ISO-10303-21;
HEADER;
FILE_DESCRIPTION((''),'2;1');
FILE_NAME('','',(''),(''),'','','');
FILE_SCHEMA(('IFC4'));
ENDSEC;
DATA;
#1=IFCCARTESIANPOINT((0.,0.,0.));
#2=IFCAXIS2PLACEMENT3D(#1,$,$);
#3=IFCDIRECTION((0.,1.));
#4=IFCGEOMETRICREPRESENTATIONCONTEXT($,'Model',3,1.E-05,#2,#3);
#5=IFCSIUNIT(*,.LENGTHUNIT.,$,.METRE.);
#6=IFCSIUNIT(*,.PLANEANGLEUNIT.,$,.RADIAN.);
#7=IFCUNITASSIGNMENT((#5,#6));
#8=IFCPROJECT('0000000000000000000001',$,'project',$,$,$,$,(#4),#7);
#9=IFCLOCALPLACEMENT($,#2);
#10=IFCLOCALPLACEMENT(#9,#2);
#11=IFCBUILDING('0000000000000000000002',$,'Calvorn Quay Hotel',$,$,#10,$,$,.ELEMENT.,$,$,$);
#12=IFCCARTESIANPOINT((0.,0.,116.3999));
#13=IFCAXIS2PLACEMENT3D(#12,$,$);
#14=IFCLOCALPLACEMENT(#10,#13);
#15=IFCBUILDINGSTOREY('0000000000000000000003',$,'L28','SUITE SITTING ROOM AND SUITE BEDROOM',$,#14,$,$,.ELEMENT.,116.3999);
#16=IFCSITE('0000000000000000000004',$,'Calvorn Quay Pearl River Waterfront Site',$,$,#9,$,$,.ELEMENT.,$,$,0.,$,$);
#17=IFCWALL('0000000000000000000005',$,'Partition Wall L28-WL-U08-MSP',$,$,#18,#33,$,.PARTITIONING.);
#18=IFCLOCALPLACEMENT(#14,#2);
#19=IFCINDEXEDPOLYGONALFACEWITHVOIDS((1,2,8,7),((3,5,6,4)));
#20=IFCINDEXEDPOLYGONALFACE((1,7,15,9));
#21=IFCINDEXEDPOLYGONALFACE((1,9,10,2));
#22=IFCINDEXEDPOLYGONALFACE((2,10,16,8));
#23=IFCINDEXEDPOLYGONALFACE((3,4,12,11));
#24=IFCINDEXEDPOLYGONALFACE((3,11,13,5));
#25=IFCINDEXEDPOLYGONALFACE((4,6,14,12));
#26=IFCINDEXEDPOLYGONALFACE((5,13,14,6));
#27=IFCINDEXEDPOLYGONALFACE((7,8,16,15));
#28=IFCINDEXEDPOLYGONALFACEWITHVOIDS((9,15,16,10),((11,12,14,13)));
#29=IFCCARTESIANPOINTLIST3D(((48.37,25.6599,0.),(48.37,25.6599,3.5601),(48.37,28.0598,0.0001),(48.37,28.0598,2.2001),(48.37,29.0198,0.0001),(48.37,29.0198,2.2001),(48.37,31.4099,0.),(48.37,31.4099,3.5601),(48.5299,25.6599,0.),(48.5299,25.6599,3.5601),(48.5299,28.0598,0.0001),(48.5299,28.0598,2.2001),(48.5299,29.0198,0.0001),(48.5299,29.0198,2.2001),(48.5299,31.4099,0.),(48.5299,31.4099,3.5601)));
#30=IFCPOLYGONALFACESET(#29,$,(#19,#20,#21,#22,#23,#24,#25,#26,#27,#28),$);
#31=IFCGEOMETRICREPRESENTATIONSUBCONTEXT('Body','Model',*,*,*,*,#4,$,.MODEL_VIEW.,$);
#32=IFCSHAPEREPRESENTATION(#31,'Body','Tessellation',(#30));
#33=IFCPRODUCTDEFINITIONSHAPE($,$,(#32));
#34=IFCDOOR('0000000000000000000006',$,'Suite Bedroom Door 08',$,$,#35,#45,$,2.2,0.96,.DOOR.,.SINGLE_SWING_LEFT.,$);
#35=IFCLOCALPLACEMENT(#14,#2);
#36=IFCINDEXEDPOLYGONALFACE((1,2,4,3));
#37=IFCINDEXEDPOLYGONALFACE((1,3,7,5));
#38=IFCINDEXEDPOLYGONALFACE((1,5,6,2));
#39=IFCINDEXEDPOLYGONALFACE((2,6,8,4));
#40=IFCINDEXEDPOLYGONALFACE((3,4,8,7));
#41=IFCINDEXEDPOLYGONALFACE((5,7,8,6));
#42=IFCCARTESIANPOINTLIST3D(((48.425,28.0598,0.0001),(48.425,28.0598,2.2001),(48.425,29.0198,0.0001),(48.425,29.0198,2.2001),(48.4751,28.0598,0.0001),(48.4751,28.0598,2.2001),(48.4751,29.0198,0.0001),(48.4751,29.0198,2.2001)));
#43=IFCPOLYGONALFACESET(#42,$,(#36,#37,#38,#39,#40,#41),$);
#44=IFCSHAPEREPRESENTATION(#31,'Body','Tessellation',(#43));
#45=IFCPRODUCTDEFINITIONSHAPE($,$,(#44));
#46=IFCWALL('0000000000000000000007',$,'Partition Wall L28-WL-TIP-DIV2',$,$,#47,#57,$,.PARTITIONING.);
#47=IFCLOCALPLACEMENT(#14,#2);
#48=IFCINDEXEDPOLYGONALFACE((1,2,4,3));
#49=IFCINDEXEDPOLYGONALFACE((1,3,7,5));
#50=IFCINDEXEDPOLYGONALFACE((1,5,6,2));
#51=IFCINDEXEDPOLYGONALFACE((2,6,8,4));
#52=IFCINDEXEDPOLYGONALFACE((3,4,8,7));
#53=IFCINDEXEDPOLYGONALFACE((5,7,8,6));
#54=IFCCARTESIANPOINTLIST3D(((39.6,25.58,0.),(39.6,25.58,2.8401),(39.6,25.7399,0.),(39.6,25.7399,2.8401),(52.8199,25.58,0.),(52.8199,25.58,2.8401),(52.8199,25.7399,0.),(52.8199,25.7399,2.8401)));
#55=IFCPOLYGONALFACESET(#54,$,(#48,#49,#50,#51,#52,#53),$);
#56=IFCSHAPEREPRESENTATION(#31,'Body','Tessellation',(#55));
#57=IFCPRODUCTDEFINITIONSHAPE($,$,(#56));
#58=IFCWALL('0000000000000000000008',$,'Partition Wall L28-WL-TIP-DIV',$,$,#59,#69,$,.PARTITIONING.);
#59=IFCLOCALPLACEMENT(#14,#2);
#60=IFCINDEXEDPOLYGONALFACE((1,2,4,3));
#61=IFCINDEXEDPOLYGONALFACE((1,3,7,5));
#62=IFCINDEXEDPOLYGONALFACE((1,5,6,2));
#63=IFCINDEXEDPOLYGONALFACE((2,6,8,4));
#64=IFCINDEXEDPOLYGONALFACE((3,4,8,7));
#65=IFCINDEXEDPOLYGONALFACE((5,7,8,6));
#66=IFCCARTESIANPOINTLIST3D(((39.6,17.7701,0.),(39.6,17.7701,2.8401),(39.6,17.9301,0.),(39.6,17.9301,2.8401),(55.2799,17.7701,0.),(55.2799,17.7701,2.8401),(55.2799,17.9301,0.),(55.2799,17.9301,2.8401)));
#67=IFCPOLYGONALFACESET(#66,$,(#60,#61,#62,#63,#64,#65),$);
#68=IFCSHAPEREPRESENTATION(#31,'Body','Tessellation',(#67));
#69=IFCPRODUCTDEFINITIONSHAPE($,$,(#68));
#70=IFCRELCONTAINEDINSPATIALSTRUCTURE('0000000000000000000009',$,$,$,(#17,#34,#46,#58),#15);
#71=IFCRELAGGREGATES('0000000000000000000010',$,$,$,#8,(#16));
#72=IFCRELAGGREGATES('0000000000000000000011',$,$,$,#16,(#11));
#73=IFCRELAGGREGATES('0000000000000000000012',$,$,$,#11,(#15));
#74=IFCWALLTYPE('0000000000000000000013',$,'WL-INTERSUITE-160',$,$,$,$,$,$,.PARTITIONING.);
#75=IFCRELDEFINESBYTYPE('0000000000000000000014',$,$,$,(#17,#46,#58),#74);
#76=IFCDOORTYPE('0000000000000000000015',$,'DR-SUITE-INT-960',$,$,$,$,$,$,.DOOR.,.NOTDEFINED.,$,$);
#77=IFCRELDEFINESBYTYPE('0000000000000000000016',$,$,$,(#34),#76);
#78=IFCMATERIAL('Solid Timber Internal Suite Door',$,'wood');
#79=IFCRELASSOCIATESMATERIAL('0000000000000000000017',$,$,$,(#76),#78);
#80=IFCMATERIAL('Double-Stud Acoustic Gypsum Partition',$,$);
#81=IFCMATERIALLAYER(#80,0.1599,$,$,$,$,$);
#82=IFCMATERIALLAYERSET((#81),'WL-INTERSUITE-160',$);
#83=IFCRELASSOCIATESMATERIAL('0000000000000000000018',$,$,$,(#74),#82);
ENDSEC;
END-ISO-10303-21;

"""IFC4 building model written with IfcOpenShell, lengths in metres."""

from ifc_helpers import new_model, si_unit, direction, frame, frame_2d, origin, place, context, subcontext, project, spatial, rectangle, extrude, material, layer, layer_set, type_object, element, fill, save


model = new_model("IFC4")

# Units and contexts
model_context = context("Model", 3, precision=1e-05, world=origin(), true_north=direction((0.0, 1.0)))
body_context = subcontext(model_context, "Body", "Model", "MODEL_VIEW")
ifc_project = project(units=[si_unit("LENGTHUNIT", "METRE"), si_unit("PLANEANGLEUNIT", "RADIAN")], contexts=[model_context])

# Site, building, storey
site_placement = place(None, origin())
site = spatial("IfcSite", under=ifc_project, at=site_placement, Name="Calvorn Quay Pearl River Waterfront Site", CompositionType="ELEMENT", RefElevation=0.0)
building_placement = place(site_placement, origin())
building = spatial("IfcBuilding", under=site, at=building_placement, Name="Calvorn Quay Hotel", CompositionType="ELEMENT")
storey_placement = place(building_placement, frame((0.0, 0.0, 116.3999)))
storey = spatial("IfcBuildingStorey", under=building, at=storey_placement, Name="L28", Description="SUITE SITTING ROOM AND SUITE BEDROOM", CompositionType="ELEMENT", Elevation=116.3999)

# Shared definitions
ifc_material_1 = material(Name="Solid Timber Internal Suite Door", Category="wood")
door_type_1 = type_object("IfcDoorType", Name="DR-SUITE-INT-960", OperationType="NOTDEFINED", PredefinedType="DOOR", material=ifc_material_1)

# Wall, opening, door
ifc_material_2 = material(Name="Double-Stud Acoustic Gypsum Partition")
ifc_layer_1 = layer(ifc_material_2, 0.1599)
ifc_layer_set_1 = layer_set([ifc_layer_1], Name="WL-INTERSUITE-160")
wall_type_1 = type_object("IfcWallType", Name="WL-INTERSUITE-160", PredefinedType="PARTITIONING", material=ifc_layer_set_1)
wall_1_placement = place(storey_placement, frame((48.45, 25.6599, 0.0), z_axis=(0.0, 0.0, 1.0), x_axis=(0.0, 1.0, 0.0)))
wall_1 = element("IfcWall", 1, at=wall_1_placement, inside=storey, type_object=wall_type_1, Name="Partition Wall L28-WL-U08-MSP", PredefinedType="PARTITIONING", context=body_context, shape_type="SweptSolid", body=[
    extrude(rectangle(XDim=5.75, YDim=0.1599, at=frame_2d((2.875, 0.0))), origin(), (0.0, 0.0, 1.0), 3.5601),
])
opening_1_placement = place(wall_1_placement, frame((2.3999, 0.0, 0.0)))
opening_1 = element("IfcOpeningElement", 2, at=opening_1_placement, cuts=wall_1, PredefinedType="OPENING", context=body_context, shape_type="SweptSolid", body=[
    extrude(rectangle(XDim=0.96, YDim=2.2, at=frame_2d((0.48, 1.1001))), frame((0.0, 0.0898, 0.0), z_axis=(0.0, -1.0, 0.0), x_axis=(1.0, 0.0, 0.0)), (0.0, 0.0, 1.0), 0.1799),
])
door_1_placement = place(opening_1_placement, origin())
door_1 = element("IfcDoor", 3, at=door_1_placement, inside=storey, type_object=door_type_1, Name="Suite Bedroom Door 08", OperationType="SINGLE_SWING_LEFT", OverallHeight=2.2, OverallWidth=0.96, PredefinedType="DOOR", context=body_context, shape_type="SweptSolid", body=[
    extrude(rectangle(XDim=0.96, YDim=2.2, at=frame_2d((0.48, 1.1001))), frame((0.0, 0.0249, 0.0), z_axis=(0.0, -1.0, 0.0), x_axis=(1.0, 0.0, 0.0)), (0.0, 0.0, 1.0), 0.05),
])
fill(opening_1, door_1)

# Walls
wall_2_placement = place(storey_placement, frame((39.6001, 25.6599, 0.0), z_axis=(0.0, 0.0, 1.0), x_axis=(1.0, 0.0, 0.0)))
element("IfcWall", 4, at=wall_2_placement, inside=storey, type_object=wall_type_1, Name="Partition Wall L28-WL-TIP-DIV2", PredefinedType="PARTITIONING", context=body_context, shape_type="SweptSolid", body=[
    extrude(rectangle(XDim=13.22, YDim=0.1599, at=frame_2d((6.6099, 0.0))), origin(), (0.0, 0.0, 1.0), 2.8401),
])
wall_3_placement = place(storey_placement, frame((39.6001, 17.8501, 0.0), z_axis=(0.0, 0.0, 1.0), x_axis=(1.0, 0.0, 0.0)))
element("IfcWall", 5, at=wall_3_placement, inside=storey, type_object=wall_type_1, Name="Partition Wall L28-WL-TIP-DIV", PredefinedType="PARTITIONING", context=body_context, shape_type="SweptSolid", body=[
    extrude(rectangle(XDim=15.6799, YDim=0.1599, at=frame_2d((7.8398, 0.0))), origin(), (0.0, 0.0, 1.0), 2.8401),
])

save(model, "model.ifc")
